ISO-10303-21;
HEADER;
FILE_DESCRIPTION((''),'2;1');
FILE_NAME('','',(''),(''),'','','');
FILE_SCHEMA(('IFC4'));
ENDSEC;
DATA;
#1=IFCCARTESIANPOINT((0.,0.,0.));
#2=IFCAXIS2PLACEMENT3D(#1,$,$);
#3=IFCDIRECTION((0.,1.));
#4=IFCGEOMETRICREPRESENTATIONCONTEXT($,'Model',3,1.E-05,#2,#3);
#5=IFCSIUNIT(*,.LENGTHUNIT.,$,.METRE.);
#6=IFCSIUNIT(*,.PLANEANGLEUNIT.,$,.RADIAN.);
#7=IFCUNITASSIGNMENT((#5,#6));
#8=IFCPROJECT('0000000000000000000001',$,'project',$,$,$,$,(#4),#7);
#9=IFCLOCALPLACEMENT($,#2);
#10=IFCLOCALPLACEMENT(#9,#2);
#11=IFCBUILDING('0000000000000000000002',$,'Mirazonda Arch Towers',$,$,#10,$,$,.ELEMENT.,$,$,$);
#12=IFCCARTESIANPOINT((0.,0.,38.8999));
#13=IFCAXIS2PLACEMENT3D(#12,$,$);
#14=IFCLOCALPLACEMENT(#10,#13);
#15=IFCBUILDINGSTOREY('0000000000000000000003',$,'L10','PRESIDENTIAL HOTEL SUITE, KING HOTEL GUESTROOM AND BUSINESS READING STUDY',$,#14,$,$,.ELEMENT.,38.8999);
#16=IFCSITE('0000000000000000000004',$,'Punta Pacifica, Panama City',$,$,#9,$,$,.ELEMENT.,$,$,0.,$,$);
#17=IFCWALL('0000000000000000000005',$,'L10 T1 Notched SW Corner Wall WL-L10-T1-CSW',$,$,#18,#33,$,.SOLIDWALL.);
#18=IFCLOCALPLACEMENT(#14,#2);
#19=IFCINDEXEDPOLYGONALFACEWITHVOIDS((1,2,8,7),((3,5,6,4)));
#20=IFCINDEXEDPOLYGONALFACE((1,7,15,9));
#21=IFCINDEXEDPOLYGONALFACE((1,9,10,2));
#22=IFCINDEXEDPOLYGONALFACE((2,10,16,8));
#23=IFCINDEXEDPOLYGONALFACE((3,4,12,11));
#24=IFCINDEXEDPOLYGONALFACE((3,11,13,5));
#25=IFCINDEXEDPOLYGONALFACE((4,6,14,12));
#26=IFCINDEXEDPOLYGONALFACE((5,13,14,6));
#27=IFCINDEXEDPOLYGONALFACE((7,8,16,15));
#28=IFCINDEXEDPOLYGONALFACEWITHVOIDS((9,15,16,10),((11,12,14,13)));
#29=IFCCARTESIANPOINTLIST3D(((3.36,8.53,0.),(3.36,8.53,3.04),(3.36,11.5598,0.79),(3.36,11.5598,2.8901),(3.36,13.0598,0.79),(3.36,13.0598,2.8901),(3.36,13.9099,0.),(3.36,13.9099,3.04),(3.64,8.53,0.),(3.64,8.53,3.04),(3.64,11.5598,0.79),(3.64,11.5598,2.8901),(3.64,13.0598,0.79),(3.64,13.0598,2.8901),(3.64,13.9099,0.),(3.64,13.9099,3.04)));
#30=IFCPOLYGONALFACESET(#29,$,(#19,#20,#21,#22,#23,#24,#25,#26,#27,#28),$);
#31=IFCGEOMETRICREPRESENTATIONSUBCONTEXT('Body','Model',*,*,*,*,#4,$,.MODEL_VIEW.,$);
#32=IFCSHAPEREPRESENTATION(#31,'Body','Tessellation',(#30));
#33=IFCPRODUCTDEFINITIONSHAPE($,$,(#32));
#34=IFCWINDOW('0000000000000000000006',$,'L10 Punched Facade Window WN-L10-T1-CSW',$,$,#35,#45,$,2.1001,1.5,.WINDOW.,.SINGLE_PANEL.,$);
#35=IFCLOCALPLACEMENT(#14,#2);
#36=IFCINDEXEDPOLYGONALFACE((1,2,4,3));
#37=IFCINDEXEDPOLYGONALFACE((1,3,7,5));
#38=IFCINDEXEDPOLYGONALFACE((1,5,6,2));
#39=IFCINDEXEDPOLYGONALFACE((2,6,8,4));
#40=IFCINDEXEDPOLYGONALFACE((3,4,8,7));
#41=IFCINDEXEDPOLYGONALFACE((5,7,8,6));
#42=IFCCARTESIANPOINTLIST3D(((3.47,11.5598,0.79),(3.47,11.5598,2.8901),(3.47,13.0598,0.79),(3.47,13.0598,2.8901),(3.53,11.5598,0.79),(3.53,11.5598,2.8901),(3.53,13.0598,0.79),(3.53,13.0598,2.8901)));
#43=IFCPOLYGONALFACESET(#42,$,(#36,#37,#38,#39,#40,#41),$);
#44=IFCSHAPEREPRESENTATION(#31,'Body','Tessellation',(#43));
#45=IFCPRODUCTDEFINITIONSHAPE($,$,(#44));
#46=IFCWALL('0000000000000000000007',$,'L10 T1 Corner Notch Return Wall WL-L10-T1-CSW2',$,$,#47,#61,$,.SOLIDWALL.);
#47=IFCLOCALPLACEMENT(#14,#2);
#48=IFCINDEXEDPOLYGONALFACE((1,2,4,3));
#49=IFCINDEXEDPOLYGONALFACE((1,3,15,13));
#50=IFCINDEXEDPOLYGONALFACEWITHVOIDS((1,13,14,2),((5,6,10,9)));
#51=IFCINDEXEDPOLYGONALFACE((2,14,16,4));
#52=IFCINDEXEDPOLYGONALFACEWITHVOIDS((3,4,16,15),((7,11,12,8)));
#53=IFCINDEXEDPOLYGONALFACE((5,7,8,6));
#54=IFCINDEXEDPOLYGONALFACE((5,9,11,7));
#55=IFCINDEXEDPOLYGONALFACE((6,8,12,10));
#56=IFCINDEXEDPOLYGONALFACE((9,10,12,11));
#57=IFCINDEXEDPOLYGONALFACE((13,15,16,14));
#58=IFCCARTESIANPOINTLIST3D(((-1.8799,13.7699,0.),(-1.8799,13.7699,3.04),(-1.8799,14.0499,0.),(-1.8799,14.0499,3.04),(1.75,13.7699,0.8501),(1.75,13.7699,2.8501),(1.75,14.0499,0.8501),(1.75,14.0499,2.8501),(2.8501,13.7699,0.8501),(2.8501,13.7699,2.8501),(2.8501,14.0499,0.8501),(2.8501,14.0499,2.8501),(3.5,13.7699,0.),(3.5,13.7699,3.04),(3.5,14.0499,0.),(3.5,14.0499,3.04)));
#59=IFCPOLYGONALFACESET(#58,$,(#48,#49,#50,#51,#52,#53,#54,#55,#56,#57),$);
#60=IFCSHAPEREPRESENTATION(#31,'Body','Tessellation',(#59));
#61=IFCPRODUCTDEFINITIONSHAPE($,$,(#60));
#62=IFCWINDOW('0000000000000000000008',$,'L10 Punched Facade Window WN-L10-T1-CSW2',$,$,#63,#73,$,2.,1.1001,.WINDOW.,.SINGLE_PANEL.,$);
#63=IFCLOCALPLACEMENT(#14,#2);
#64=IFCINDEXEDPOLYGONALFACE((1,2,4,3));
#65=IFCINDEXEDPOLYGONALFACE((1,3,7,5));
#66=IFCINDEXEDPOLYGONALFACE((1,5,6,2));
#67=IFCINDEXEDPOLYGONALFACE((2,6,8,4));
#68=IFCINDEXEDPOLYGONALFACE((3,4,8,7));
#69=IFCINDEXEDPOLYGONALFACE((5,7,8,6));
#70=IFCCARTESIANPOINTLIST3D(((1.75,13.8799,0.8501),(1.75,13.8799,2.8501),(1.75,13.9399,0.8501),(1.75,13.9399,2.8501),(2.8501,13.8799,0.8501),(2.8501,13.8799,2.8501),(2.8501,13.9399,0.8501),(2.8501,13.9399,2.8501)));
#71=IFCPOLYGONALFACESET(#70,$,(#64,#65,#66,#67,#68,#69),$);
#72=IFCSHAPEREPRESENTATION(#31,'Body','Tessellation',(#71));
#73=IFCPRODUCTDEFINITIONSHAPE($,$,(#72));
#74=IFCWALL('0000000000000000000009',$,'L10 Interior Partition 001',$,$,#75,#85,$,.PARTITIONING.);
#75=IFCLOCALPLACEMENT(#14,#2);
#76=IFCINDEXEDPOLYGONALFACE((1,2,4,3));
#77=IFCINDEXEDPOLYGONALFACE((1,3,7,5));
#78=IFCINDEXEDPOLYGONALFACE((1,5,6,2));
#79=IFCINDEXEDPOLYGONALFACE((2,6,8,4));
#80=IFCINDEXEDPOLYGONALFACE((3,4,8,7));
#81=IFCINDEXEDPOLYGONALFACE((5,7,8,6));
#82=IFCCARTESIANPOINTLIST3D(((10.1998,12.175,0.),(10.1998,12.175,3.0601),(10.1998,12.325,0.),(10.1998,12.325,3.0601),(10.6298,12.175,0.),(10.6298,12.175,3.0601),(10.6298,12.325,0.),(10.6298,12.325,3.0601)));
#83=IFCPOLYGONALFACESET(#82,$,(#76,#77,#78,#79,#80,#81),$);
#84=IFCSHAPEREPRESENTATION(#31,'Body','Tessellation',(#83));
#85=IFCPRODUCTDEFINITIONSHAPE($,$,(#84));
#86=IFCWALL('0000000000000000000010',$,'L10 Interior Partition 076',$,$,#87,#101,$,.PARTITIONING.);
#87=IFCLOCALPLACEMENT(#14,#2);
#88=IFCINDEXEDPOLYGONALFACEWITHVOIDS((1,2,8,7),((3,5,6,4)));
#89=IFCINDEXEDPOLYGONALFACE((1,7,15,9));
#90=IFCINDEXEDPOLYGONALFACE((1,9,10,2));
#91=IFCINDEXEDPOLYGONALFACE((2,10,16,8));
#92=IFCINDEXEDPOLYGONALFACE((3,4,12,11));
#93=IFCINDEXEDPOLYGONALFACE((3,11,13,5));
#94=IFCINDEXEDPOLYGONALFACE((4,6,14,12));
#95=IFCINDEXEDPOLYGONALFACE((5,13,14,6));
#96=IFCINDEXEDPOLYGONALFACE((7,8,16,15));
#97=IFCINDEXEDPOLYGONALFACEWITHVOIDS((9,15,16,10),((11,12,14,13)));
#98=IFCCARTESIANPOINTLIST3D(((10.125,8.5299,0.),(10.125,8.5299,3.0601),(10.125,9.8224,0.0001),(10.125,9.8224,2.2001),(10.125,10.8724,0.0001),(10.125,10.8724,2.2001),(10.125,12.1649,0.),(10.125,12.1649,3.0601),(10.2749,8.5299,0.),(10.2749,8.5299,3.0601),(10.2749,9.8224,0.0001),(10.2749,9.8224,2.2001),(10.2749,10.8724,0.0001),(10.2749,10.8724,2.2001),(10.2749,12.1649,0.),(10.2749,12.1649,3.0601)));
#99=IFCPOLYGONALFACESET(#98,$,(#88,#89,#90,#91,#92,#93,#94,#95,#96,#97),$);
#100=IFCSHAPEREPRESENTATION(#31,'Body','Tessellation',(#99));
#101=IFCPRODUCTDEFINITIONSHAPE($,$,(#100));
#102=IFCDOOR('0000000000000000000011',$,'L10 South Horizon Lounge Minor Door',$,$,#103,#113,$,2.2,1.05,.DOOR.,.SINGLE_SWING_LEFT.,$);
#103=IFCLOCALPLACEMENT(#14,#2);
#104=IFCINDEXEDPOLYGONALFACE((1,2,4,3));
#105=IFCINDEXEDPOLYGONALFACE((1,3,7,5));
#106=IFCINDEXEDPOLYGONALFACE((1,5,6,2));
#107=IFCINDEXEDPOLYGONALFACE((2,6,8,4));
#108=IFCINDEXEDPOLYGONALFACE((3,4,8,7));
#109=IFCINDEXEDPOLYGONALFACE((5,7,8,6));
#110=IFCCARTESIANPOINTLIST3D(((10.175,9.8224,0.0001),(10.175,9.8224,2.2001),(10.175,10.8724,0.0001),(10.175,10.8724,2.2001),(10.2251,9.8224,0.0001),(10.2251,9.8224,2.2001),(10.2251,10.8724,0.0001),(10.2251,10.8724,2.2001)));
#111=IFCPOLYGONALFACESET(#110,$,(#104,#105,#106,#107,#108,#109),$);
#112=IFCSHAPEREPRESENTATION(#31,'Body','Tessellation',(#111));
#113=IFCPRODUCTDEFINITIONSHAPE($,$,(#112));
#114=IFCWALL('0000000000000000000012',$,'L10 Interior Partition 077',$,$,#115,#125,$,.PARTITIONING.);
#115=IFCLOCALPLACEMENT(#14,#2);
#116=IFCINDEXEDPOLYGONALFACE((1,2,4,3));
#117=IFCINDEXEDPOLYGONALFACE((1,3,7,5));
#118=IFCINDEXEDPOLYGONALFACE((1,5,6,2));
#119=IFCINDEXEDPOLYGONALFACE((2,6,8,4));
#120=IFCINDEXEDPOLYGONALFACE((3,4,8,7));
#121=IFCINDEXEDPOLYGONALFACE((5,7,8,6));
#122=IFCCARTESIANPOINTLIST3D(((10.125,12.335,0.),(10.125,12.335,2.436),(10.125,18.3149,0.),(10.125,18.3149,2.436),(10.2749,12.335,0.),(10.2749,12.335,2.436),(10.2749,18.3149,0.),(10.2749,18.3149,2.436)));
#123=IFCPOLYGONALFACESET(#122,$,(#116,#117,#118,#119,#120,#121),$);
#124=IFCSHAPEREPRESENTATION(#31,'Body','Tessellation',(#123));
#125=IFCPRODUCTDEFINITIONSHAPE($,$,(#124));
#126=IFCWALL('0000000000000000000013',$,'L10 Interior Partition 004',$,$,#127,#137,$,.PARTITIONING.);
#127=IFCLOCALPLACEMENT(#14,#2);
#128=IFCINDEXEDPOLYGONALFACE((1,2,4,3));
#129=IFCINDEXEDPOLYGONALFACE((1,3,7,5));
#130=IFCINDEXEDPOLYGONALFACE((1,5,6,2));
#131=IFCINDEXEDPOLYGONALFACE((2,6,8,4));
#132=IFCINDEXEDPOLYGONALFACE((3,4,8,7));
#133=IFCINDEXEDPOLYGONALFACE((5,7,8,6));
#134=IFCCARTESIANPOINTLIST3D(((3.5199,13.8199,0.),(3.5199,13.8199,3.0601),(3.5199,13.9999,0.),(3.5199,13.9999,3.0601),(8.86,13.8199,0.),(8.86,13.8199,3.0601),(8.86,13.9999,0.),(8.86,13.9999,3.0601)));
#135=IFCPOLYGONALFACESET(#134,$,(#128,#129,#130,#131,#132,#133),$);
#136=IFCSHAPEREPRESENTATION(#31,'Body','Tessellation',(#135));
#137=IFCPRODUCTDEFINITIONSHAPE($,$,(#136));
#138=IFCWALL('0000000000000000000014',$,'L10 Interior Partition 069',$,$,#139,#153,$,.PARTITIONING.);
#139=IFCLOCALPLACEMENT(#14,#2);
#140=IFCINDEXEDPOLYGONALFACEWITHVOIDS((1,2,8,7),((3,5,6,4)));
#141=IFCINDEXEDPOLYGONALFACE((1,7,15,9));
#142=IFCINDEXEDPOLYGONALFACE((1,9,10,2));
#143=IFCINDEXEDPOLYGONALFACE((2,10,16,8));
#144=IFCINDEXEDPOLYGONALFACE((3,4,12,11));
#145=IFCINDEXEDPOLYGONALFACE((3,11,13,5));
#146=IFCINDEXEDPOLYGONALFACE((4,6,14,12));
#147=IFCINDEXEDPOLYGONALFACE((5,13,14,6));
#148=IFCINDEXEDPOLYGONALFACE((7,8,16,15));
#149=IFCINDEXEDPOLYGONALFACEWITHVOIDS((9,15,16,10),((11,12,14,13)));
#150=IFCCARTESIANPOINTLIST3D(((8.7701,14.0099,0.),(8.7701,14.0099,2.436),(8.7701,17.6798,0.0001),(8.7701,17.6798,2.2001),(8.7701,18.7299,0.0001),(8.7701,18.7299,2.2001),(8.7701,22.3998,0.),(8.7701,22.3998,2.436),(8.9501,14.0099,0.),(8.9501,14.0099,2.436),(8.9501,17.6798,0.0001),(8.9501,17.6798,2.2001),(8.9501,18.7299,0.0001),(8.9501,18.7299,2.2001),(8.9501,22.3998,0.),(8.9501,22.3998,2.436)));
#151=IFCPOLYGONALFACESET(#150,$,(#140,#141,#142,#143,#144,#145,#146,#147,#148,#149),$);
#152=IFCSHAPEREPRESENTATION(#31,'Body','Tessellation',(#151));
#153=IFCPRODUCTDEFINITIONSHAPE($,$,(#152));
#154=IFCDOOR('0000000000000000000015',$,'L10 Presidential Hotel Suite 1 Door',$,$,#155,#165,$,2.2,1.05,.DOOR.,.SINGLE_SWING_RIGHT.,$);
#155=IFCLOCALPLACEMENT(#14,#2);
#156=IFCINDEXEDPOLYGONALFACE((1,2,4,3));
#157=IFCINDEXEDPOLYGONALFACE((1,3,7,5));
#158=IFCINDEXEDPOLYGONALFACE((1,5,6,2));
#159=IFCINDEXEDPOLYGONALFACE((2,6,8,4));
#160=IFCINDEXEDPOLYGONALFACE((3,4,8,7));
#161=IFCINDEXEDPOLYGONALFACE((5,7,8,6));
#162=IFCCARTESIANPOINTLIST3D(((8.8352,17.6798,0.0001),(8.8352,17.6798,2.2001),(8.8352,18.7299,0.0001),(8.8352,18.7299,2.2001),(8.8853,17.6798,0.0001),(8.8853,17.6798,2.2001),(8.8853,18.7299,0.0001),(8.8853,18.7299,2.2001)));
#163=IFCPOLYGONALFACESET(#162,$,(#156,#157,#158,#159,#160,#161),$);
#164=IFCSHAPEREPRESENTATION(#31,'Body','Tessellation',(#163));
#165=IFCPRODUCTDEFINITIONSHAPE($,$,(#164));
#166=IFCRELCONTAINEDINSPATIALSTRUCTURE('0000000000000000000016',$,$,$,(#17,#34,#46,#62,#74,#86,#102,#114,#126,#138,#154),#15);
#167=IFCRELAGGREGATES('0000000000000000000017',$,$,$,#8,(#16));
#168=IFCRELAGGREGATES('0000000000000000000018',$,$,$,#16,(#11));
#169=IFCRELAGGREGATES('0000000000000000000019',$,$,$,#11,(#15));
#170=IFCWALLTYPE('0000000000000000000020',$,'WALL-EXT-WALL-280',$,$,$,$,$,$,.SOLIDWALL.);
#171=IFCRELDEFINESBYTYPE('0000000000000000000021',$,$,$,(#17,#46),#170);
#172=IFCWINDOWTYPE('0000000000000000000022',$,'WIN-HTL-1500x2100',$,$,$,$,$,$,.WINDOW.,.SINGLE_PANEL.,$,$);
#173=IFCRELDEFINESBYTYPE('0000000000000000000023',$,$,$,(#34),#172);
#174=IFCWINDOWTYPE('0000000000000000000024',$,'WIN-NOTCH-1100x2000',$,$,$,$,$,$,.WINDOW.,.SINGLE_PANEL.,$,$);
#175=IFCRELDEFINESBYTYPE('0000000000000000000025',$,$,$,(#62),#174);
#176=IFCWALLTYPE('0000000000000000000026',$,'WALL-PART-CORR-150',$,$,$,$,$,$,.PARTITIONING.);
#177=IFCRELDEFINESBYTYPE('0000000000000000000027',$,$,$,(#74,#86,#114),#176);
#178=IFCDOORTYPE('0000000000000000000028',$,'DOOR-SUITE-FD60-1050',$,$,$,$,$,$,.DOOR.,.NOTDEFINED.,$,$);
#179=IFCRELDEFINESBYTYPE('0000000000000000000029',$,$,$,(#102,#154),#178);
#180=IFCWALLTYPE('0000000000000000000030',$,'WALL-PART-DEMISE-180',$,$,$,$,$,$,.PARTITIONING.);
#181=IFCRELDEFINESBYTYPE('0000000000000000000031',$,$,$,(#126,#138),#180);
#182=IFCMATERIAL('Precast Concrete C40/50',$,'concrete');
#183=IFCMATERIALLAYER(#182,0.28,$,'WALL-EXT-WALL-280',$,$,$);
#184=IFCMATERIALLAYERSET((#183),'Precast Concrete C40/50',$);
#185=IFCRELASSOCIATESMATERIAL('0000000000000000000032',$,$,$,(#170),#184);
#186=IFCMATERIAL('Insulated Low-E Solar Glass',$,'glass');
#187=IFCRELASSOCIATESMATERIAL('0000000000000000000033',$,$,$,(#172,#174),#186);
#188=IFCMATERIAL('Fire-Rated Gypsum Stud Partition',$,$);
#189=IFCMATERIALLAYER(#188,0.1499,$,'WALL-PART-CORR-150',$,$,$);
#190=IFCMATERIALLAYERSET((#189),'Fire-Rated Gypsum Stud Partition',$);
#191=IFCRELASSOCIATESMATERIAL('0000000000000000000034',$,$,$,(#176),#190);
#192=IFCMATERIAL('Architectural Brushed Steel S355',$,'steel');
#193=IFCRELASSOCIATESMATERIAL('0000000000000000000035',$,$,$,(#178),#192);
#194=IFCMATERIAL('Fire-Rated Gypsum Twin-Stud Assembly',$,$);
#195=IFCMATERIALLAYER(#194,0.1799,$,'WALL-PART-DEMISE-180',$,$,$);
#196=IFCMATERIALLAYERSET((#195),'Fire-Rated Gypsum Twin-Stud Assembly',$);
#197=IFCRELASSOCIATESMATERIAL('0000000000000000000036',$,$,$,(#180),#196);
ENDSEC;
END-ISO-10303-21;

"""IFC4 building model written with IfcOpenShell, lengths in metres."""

from ifc_helpers import new_model, si_unit, direction, frame, frame_2d, origin, place, context, subcontext, project, spatial, rectangle, extrude, material, layer, layer_set, type_object, element, fill, save


model = new_model("IFC4")

# Units and contexts
model_context = context("Model", 3, precision=1e-05, world=origin(), true_north=direction((0.0, 1.0)))
body_context = subcontext(model_context, "Body", "Model", "MODEL_VIEW")
ifc_project = project(units=[si_unit("LENGTHUNIT", "METRE"), si_unit("PLANEANGLEUNIT", "RADIAN")], contexts=[model_context])

# Site, building, storey
site_placement = place(None, origin())
site = spatial("IfcSite", under=ifc_project, at=site_placement, Name="Punta Pacifica, Panama City", CompositionType="ELEMENT", RefElevation=0.0)
building_placement = place(site_placement, origin())
building = spatial("IfcBuilding", under=site, at=building_placement, Name="Mirazonda Arch Towers", CompositionType="ELEMENT")
storey_placement = place(building_placement, frame((0.0, 0.0, 38.8999)))
storey = spatial("IfcBuildingStorey", under=building, at=storey_placement, Name="L10", Description="PRESIDENTIAL HOTEL SUITE, KING HOTEL GUESTROOM AND BUSINESS READING STUDY", CompositionType="ELEMENT", Elevation=38.8999)

# Shared definitions
ifc_material_1 = material(Name="Insulated Low-E Solar Glass", Category="glass")

# Walls, openings, windows
ifc_material_2 = material(Name="Precast Concrete C40/50", Category="concrete")
ifc_layer_1 = layer(ifc_material_2, 0.28, Name="WALL-EXT-WALL-280")
ifc_layer_set_1 = layer_set([ifc_layer_1], Name="Precast Concrete C40/50")
wall_type_1 = type_object("IfcWallType", Name="WALL-EXT-WALL-280", PredefinedType="SOLIDWALL", material=ifc_layer_set_1)
wall_1_placement = place(storey_placement, frame((3.5, 13.9099, 0.0), z_axis=(0.0, 0.0, 1.0), x_axis=(0.0, -1.0, 0.0)))
wall_1 = element("IfcWall", 1, at=wall_1_placement, inside=storey, type_object=wall_type_1, Name="L10 T1 Notched SW Corner Wall WL-L10-T1-CSW", PredefinedType="SOLIDWALL", context=body_context, shape_type="SweptSolid", body=[
    extrude(rectangle(XDim=5.3799, YDim=0.28, at=frame_2d((2.6899, 0.0))), origin(), (0.0, 0.0, 1.0), 3.04),
])
opening_1_placement = place(wall_1_placement, frame((0.8501, 0.0, 0.79)))
opening_1 = element("IfcOpeningElement", 2, at=opening_1_placement, cuts=wall_1, PredefinedType="OPENING", context=body_context, shape_type="SweptSolid", body=[
    extrude(rectangle(XDim=1.5, YDim=2.1001, at=frame_2d((0.75, 1.05))), frame((0.0, 0.1499, 0.0), z_axis=(0.0, -1.0, 0.0), x_axis=(1.0, 0.0, 0.0)), (0.0, 0.0, 1.0), 0.3),
])
window_type_1 = type_object("IfcWindowType", Name="WIN-HTL-1500x2100", PartitioningType="SINGLE_PANEL", PredefinedType="WINDOW", material=ifc_material_1)
window_1_placement = place(opening_1_placement, origin())
window_1 = element("IfcWindow", 3, at=window_1_placement, inside=storey, type_object=window_type_1, Name="L10 Punched Facade Window WN-L10-T1-CSW", OverallHeight=2.1001, OverallWidth=1.5, PartitioningType="SINGLE_PANEL", PredefinedType="WINDOW", context=body_context, shape_type="SweptSolid", body=[
    extrude(rectangle(XDim=1.5, YDim=2.1001, at=frame_2d((0.75, 1.05))), frame((0.0, 0.03, 0.0), z_axis=(0.0, -1.0, 0.0), x_axis=(1.0, 0.0, 0.0)), (0.0, 0.0, 1.0), 0.0601),
])
fill(opening_1, window_1)
wall_2_placement = place(storey_placement, frame((-1.8799, 13.9099, 0.0), z_axis=(0.0, 0.0, 1.0), x_axis=(1.0, 0.0, 0.0)))
wall_2 = element("IfcWall", 4, at=wall_2_placement, inside=storey, type_object=wall_type_1, Name="L10 T1 Corner Notch Return Wall WL-L10-T1-CSW2", PredefinedType="SOLIDWALL", context=body_context, shape_type="SweptSolid", body=[
    extrude(rectangle(XDim=5.3799, YDim=0.28, at=frame_2d((2.6899, 0.0))), origin(), (0.0, 0.0, 1.0), 3.04),
])
opening_2_placement = place(wall_2_placement, frame((3.6299, 0.0, 0.8501)))
opening_2 = element("IfcOpeningElement", 5, at=opening_2_placement, cuts=wall_2, PredefinedType="OPENING", context=body_context, shape_type="SweptSolid", body=[
    extrude(rectangle(XDim=1.1001, YDim=2.0, at=frame_2d((0.55, 1.0))), frame((0.0, 0.1499, 0.0), z_axis=(0.0, -1.0, 0.0), x_axis=(1.0, 0.0, 0.0)), (0.0, 0.0, 1.0), 0.3),
])
window_type_2 = type_object("IfcWindowType", Name="WIN-NOTCH-1100x2000", PartitioningType="SINGLE_PANEL", PredefinedType="WINDOW", material=ifc_material_1)
window_2_placement = place(opening_2_placement, origin())
window_2 = element("IfcWindow", 6, at=window_2_placement, inside=storey, type_object=window_type_2, Name="L10 Punched Facade Window WN-L10-T1-CSW2", OverallHeight=2.0, OverallWidth=1.1001, PartitioningType="SINGLE_PANEL", PredefinedType="WINDOW", context=body_context, shape_type="SweptSolid", body=[
    extrude(rectangle(XDim=1.1001, YDim=2.0, at=frame_2d((0.55, 1.0))), frame((0.0, 0.03, 0.0), z_axis=(0.0, -1.0, 0.0), x_axis=(1.0, 0.0, 0.0)), (0.0, 0.0, 1.0), 0.0601),
])
fill(opening_2, window_2)

# Wall
ifc_material_3 = material(Name="Fire-Rated Gypsum Stud Partition")
ifc_layer_2 = layer(ifc_material_3, 0.1499, Name="WALL-PART-CORR-150")
ifc_layer_set_2 = layer_set([ifc_layer_2], Name="Fire-Rated Gypsum Stud Partition")
wall_type_2 = type_object("IfcWallType", Name="WALL-PART-CORR-150", PredefinedType="PARTITIONING", material=ifc_layer_set_2)
wall_3_placement = place(storey_placement, frame((10.2, 12.25, 0.0), z_axis=(0.0, 0.0, 1.0), x_axis=(1.0, 0.0, 0.0)))
element("IfcWall", 7, at=wall_3_placement, inside=storey, type_object=wall_type_2, Name="L10 Interior Partition 001", PredefinedType="PARTITIONING", context=body_context, shape_type="SweptSolid", body=[
    extrude(rectangle(XDim=0.4299, YDim=0.1499, at=frame_2d((0.2148, 0.0))), origin(), (0.0, 0.0, 1.0), 3.0601),
])

# Wall, opening, door
wall_4_placement = place(storey_placement, frame((10.2, 8.53, 0.0), z_axis=(0.0, 0.0, 1.0), x_axis=(0.0, 1.0, 0.0)))
wall_4 = element("IfcWall", 8, at=wall_4_placement, inside=storey, type_object=wall_type_2, Name="L10 Interior Partition 076", PredefinedType="PARTITIONING", context=body_context, shape_type="SweptSolid", body=[
    extrude(rectangle(XDim=3.635, YDim=0.1499, at=frame_2d((1.8174, 0.0))), origin(), (0.0, 0.0, 1.0), 3.0601),
])
opening_3_placement = place(wall_4_placement, frame((1.2925, 0.0, 0.0)))
opening_3 = element("IfcOpeningElement", 9, at=opening_3_placement, cuts=wall_4, PredefinedType="OPENING", context=body_context, shape_type="SweptSolid", body=[
    extrude(rectangle(XDim=1.05, YDim=2.2, at=frame_2d((0.5249, 1.1001))), frame((0.0, 0.085, 0.0), z_axis=(0.0, -1.0, 0.0), x_axis=(1.0, 0.0, 0.0)), (0.0, 0.0, 1.0), 0.1699),
])
ifc_material_4 = material(Name="Architectural Brushed Steel S355", Category="steel")
door_type_1 = type_object("IfcDoorType", Name="DOOR-SUITE-FD60-1050", OperationType="NOTDEFINED", PredefinedType="DOOR", material=ifc_material_4)
door_1_placement = place(opening_3_placement, origin())
door_1 = element("IfcDoor", 10, at=door_1_placement, inside=storey, type_object=door_type_1, Name="L10 South Horizon Lounge Minor Door", OperationType="SINGLE_SWING_LEFT", OverallHeight=2.2, OverallWidth=1.05, PredefinedType="DOOR", context=body_context, shape_type="SweptSolid", body=[
    extrude(rectangle(XDim=1.05, YDim=2.2, at=frame_2d((0.5249, 1.1001))), frame((0.0, 0.0249, 0.0), z_axis=(0.0, -1.0, 0.0), x_axis=(1.0, 0.0, 0.0)), (0.0, 0.0, 1.0), 0.05),
])
fill(opening_3, door_1)

# Walls
wall_5_placement = place(storey_placement, frame((10.2, 12.335, 0.0), z_axis=(0.0, 0.0, 1.0), x_axis=(0.0, 1.0, 0.0)))
element("IfcWall", 11, at=wall_5_placement, inside=storey, type_object=wall_type_2, Name="L10 Interior Partition 077", PredefinedType="PARTITIONING", context=body_context, shape_type="SweptSolid", body=[
    extrude(rectangle(XDim=5.98, YDim=0.1499, at=frame_2d((2.99, 0.0))), origin(), (0.0, 0.0, 1.0), 2.436),
])
ifc_material_5 = material(Name="Fire-Rated Gypsum Twin-Stud Assembly")
ifc_layer_3 = layer(ifc_material_5, 0.1799, Name="WALL-PART-DEMISE-180")
ifc_layer_set_3 = layer_set([ifc_layer_3], Name="Fire-Rated Gypsum Twin-Stud Assembly")
wall_type_3 = type_object("IfcWallType", Name="WALL-PART-DEMISE-180", PredefinedType="PARTITIONING", material=ifc_layer_set_3)
wall_6_placement = place(storey_placement, frame((3.52, 13.9099, 0.0), z_axis=(0.0, 0.0, 1.0), x_axis=(1.0, 0.0, 0.0)))
element("IfcWall", 12, at=wall_6_placement, inside=storey, type_object=wall_type_3, Name="L10 Interior Partition 004", PredefinedType="PARTITIONING", context=body_context, shape_type="SweptSolid", body=[
    extrude(rectangle(XDim=5.3401, YDim=0.1799, at=frame_2d((2.6699, 0.0))), origin(), (0.0, 0.0, 1.0), 3.0601),
])

# Wall, opening, door
wall_7_placement = place(storey_placement, frame((8.8601, 14.01, 0.0), z_axis=(0.0, 0.0, 1.0), x_axis=(0.0, 1.0, 0.0)))
wall_7 = element("IfcWall", 13, at=wall_7_placement, inside=storey, type_object=wall_type_3, Name="L10 Interior Partition 069", PredefinedType="PARTITIONING", context=body_context, shape_type="SweptSolid", body=[
    extrude(rectangle(XDim=8.3899, YDim=0.1799, at=frame_2d((4.1948, 0.0))), origin(), (0.0, 0.0, 1.0), 2.436),
])
opening_4_placement = place(wall_7_placement, frame((3.6699, 0.0, 0.0)))
opening_4 = element("IfcOpeningElement", 14, at=opening_4_placement, cuts=wall_7, PredefinedType="OPENING", context=body_context, shape_type="SweptSolid", body=[
    extrude(rectangle(XDim=1.05, YDim=2.2, at=frame_2d((0.5249, 1.1001))), frame((0.0, 0.0999, 0.0), z_axis=(0.0, -1.0, 0.0), x_axis=(1.0, 0.0, 0.0)), (0.0, 0.0, 1.0), 0.2),
])
door_2_placement = place(opening_4_placement, origin())
door_2 = element("IfcDoor", 15, at=door_2_placement, inside=storey, type_object=door_type_1, Name="L10 Presidential Hotel Suite 1 Door", OperationType="SINGLE_SWING_RIGHT", OverallHeight=2.2, OverallWidth=1.05, PredefinedType="DOOR", context=body_context, shape_type="SweptSolid", body=[
    extrude(rectangle(XDim=1.05, YDim=2.2, at=frame_2d((0.5249, 1.1001))), frame((0.0, 0.0249, 0.0), z_axis=(0.0, -1.0, 0.0), x_axis=(1.0, 0.0, 0.0)), (0.0, 0.0, 1.0), 0.05),
])
fill(opening_4, door_2)

save(model, "model.ifc")
